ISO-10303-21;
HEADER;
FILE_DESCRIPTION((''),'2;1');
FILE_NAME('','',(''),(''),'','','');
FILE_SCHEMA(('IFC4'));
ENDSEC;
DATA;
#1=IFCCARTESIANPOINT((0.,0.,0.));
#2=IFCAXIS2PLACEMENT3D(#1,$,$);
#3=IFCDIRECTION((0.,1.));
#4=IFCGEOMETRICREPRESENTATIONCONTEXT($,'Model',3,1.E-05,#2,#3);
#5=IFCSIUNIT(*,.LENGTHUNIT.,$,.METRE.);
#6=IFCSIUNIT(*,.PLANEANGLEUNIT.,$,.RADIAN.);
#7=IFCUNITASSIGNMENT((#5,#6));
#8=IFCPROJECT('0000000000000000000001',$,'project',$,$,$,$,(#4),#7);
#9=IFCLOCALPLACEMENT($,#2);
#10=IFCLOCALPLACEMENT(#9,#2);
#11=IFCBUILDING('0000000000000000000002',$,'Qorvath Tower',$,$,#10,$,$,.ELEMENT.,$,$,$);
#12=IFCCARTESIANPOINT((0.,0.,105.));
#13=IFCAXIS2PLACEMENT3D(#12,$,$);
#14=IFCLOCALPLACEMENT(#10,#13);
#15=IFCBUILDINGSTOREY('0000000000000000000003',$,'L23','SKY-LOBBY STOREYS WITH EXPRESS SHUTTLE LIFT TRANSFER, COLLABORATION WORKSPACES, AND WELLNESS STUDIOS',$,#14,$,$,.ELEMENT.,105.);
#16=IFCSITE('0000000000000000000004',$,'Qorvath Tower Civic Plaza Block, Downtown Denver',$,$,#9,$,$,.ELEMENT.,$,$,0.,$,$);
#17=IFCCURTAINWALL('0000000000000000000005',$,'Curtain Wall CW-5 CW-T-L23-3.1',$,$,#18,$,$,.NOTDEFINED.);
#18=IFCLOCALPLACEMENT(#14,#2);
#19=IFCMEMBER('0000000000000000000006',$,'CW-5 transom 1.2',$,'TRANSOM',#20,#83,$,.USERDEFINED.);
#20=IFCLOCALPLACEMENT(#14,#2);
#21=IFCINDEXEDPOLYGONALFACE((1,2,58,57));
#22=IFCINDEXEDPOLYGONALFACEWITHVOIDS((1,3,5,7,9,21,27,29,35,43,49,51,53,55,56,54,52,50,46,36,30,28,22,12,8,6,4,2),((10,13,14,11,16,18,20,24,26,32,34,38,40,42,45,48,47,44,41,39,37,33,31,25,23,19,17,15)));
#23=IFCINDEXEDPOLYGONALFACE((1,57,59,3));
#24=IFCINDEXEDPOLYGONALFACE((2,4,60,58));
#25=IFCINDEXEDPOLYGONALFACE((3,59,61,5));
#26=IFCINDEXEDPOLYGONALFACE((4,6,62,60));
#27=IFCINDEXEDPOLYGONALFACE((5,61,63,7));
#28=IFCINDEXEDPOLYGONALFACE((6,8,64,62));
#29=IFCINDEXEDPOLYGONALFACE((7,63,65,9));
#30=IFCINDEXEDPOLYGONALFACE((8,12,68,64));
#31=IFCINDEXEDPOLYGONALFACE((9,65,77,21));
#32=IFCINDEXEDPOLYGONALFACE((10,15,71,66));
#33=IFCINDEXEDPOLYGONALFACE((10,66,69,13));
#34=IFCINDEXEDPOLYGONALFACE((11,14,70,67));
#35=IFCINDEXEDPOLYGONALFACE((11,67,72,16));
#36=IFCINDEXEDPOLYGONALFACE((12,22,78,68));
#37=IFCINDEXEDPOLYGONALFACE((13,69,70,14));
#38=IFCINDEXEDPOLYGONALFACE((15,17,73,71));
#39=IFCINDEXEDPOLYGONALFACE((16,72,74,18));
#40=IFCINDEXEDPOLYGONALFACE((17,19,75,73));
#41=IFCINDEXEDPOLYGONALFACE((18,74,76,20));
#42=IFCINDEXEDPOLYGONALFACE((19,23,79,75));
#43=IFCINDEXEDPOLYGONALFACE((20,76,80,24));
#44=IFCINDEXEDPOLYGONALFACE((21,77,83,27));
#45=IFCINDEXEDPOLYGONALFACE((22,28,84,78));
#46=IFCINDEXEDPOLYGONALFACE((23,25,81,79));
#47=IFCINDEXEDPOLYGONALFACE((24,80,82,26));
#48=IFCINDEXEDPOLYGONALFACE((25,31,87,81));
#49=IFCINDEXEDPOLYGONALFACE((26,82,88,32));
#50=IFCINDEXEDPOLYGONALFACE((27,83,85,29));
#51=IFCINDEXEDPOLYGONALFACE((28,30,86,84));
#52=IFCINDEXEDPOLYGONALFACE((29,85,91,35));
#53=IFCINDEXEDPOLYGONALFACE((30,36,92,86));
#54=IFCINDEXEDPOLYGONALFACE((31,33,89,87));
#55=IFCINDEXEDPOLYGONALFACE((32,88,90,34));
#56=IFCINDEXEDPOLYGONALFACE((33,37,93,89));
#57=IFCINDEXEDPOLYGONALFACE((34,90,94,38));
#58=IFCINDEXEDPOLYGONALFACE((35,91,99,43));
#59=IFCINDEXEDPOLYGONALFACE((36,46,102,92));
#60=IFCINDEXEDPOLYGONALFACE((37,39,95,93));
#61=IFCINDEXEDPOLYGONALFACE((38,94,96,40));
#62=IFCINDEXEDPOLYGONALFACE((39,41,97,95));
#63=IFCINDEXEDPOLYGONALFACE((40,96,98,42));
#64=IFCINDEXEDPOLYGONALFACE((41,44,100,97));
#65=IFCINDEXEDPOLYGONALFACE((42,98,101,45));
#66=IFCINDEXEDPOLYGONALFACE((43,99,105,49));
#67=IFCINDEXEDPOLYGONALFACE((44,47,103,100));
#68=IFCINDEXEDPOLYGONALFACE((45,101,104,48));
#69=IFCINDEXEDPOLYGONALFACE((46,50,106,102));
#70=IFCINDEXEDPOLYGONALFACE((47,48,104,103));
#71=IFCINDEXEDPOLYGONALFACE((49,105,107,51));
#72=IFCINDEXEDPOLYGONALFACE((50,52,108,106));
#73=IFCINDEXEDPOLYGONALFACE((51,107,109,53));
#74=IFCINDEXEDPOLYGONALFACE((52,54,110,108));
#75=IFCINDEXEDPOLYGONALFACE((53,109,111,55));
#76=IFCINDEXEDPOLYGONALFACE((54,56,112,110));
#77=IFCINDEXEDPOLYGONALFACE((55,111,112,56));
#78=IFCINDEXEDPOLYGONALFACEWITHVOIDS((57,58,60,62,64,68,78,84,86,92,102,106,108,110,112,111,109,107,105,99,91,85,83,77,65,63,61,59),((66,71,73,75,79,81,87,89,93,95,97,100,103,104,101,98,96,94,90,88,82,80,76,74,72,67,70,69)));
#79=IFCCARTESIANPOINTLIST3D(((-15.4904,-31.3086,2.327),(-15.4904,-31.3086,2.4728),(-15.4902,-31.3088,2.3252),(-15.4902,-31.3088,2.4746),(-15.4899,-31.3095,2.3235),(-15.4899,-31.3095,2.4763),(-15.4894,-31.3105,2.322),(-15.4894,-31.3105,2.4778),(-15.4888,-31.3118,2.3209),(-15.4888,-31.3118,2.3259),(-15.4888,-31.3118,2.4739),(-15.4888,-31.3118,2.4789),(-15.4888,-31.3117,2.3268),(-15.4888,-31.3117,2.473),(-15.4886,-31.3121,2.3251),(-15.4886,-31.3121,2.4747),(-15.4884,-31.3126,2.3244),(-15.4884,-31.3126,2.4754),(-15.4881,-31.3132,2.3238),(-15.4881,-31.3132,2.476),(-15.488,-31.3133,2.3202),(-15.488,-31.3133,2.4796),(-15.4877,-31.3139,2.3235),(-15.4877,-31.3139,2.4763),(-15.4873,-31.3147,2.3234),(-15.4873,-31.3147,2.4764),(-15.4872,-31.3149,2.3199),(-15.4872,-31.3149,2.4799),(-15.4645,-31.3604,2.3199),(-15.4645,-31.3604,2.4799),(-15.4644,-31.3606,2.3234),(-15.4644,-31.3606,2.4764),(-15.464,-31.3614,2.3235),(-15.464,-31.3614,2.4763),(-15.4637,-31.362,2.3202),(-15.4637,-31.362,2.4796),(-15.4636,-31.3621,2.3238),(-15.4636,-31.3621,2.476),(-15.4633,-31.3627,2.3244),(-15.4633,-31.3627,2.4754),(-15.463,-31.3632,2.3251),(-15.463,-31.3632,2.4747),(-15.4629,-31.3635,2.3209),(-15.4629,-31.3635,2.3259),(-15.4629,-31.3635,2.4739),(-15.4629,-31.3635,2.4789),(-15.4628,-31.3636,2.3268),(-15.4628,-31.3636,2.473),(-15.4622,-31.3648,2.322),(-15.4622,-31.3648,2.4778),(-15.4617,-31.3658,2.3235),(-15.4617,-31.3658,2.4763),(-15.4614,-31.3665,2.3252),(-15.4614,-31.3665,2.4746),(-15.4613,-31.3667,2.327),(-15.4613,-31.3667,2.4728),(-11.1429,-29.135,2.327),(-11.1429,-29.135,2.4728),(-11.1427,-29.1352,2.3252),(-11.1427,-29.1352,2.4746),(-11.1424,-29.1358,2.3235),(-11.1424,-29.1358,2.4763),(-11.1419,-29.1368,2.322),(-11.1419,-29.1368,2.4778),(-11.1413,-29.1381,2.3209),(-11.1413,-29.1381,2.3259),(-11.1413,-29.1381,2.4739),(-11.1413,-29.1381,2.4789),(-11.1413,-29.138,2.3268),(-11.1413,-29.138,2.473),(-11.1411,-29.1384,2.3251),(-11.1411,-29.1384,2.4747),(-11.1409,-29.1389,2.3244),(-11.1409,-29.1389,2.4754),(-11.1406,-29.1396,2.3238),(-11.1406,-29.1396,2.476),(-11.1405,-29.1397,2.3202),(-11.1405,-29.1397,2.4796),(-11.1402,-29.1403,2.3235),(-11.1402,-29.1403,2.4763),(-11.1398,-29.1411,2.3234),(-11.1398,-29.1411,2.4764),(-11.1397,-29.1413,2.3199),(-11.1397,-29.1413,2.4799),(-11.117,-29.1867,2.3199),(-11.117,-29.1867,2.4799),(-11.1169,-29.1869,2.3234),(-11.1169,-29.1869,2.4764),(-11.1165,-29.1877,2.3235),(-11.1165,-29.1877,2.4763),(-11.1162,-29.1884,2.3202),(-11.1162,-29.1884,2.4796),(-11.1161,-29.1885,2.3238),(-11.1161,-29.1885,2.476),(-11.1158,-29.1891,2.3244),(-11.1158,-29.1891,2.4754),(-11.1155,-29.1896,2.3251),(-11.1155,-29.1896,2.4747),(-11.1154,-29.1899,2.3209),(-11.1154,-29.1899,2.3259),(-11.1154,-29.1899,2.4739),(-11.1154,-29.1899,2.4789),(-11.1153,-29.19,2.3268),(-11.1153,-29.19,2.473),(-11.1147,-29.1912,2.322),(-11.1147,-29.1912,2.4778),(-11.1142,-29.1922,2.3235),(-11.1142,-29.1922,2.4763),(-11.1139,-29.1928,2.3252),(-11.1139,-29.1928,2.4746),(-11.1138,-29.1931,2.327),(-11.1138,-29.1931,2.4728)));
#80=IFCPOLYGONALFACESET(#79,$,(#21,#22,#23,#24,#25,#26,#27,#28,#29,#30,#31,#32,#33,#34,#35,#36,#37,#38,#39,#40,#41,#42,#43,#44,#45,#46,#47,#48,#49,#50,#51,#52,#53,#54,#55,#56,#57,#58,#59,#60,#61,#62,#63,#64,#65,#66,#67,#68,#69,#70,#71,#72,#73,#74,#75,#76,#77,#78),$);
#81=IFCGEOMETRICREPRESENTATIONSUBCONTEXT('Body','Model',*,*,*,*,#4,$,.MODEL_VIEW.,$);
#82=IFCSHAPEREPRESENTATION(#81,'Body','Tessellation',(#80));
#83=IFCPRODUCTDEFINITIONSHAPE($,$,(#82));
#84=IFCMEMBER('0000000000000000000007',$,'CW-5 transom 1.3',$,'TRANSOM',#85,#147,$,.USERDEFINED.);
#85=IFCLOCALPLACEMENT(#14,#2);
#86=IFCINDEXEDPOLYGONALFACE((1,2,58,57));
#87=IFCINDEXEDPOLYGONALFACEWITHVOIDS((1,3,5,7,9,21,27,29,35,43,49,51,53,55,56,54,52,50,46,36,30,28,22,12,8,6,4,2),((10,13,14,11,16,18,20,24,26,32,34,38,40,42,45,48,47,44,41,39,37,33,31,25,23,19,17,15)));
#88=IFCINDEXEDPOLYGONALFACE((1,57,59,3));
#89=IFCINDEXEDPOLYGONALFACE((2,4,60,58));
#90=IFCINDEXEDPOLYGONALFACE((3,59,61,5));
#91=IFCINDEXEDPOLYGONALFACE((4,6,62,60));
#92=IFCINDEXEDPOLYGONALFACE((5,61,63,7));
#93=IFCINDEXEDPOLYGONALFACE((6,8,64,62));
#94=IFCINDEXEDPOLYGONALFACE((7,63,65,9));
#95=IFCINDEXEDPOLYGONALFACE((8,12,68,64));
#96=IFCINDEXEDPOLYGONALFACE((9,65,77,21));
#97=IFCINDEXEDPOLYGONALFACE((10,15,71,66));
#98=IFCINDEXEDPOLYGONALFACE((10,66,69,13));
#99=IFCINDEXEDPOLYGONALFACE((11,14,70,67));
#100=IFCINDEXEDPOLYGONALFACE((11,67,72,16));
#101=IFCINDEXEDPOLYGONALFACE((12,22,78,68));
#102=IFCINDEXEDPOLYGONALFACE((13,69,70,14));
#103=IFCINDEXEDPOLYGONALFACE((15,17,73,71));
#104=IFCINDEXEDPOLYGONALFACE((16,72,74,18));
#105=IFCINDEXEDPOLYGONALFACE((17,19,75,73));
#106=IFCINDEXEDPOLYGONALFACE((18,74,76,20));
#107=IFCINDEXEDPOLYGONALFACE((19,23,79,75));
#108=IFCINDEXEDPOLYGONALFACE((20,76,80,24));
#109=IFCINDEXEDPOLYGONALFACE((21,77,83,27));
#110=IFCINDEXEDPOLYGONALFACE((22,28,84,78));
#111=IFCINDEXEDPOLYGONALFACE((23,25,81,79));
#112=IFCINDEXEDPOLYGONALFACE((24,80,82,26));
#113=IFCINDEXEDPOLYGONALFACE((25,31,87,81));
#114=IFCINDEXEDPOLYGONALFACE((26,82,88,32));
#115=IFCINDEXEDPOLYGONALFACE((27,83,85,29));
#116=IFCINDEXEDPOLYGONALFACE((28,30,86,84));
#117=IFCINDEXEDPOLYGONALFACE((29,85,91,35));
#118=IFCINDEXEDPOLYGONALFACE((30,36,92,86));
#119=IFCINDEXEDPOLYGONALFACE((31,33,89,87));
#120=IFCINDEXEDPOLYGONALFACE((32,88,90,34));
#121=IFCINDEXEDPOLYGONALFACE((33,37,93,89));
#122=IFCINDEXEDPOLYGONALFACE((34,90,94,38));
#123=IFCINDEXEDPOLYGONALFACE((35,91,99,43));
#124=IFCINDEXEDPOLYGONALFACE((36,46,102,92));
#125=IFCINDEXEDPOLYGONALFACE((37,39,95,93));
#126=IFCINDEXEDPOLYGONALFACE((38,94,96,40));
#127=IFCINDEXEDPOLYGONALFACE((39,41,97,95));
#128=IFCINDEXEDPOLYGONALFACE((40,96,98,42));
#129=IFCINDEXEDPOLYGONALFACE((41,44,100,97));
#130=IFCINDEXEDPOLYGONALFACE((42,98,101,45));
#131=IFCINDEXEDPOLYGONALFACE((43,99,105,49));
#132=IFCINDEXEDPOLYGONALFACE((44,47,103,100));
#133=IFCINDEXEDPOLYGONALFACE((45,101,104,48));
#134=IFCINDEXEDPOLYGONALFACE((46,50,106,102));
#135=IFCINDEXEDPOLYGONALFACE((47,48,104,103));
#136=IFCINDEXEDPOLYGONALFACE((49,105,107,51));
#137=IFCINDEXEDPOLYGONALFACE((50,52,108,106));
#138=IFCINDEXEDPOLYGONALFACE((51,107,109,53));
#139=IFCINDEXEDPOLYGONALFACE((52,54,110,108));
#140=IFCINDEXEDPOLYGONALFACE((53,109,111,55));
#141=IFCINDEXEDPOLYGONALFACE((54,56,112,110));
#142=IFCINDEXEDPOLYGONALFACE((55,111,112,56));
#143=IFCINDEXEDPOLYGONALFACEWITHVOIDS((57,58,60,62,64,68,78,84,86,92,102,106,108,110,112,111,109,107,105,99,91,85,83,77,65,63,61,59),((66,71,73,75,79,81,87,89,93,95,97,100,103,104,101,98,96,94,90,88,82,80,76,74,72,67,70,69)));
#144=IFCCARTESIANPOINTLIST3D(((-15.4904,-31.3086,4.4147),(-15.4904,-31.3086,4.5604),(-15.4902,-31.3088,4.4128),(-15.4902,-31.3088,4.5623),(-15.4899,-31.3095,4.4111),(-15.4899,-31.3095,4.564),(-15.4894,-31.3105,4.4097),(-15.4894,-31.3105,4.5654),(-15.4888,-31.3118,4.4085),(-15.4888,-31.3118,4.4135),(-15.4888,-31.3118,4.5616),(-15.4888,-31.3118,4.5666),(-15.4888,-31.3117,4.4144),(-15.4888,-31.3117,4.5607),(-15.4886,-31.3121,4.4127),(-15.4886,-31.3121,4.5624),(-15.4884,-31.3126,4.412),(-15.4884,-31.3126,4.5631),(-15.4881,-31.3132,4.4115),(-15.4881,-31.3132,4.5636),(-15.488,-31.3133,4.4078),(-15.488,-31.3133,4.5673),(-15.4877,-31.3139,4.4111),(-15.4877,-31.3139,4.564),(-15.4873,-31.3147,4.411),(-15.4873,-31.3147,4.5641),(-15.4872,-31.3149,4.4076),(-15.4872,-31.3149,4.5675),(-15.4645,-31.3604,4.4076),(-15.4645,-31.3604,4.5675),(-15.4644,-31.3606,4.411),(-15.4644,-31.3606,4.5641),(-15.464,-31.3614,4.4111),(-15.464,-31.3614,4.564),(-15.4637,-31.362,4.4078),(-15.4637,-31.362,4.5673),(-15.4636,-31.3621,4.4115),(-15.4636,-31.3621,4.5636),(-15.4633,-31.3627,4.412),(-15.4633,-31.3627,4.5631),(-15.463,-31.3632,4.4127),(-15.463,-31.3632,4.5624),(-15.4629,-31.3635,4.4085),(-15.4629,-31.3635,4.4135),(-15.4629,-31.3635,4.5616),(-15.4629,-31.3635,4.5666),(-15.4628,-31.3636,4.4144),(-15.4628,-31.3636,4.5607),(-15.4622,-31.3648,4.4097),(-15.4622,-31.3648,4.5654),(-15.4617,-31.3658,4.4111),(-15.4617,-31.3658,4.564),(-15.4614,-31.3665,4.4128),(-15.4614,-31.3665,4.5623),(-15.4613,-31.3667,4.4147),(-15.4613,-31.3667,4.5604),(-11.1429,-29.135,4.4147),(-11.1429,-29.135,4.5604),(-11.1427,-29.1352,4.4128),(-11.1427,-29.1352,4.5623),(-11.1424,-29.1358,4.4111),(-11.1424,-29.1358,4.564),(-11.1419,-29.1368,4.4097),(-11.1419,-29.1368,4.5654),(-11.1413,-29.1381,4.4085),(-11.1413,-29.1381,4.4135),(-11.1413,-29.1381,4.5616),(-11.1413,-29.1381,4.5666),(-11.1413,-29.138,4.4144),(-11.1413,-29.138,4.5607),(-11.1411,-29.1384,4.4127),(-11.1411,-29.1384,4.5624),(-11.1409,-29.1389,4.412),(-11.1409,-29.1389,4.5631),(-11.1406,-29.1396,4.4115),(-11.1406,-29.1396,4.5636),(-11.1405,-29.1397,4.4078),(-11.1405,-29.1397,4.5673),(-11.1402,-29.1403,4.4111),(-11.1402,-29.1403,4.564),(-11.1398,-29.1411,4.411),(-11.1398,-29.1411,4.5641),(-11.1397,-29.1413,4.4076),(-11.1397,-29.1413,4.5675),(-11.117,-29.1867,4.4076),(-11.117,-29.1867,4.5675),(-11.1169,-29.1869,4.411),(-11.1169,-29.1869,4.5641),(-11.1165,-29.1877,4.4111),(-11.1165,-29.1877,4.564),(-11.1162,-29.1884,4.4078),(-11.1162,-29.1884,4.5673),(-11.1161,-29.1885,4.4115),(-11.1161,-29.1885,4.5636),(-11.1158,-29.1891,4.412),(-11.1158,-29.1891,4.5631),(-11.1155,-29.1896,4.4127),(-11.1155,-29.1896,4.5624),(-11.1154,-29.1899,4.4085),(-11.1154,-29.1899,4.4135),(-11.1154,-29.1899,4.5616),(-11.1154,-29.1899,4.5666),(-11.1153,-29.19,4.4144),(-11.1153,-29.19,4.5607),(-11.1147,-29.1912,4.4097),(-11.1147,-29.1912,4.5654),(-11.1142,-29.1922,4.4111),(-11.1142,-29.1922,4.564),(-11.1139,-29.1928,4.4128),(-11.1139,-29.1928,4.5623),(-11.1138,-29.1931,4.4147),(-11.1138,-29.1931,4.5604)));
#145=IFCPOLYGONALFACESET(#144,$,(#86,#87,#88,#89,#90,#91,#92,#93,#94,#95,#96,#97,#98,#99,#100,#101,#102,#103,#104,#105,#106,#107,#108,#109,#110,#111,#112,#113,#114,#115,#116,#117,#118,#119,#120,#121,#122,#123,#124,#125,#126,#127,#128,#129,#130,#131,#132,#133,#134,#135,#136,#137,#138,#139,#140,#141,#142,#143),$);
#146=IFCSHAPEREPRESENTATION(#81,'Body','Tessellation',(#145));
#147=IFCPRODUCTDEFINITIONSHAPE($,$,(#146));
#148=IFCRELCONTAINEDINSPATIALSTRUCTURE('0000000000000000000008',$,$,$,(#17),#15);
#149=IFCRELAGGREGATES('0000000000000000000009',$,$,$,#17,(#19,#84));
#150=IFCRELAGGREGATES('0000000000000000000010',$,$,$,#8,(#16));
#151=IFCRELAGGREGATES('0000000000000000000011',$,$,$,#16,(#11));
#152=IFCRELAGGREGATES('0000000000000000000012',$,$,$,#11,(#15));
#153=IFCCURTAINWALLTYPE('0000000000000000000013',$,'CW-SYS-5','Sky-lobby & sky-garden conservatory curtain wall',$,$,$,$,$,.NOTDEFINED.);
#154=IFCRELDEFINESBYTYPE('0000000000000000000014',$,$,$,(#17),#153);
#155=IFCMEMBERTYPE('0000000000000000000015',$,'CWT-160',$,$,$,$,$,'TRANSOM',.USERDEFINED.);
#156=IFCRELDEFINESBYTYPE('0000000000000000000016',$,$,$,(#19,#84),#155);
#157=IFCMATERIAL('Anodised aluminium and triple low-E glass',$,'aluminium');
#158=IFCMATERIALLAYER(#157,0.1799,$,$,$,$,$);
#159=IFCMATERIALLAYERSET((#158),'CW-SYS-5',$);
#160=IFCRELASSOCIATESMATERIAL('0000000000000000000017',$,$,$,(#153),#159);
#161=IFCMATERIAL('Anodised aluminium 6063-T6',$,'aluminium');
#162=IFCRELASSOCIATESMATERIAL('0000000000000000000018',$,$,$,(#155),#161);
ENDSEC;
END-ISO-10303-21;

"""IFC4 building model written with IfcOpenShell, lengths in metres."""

from ifc_helpers import new_model, si_unit, direction, frame, origin, origin_2d, place, context, subcontext, project, spatial, hollow_rectangle, extrude, material, layer, layer_set, material_profile, profile_set, type_object, element, aggregate, save


model = new_model("IFC4")

# Units and contexts
model_context = context("Model", 3, precision=1e-05, world=origin(), true_north=direction((0.0, 1.0)))
body_context = subcontext(model_context, "Body", "Model", "MODEL_VIEW")
ifc_project = project(units=[si_unit("LENGTHUNIT", "METRE"), si_unit("PLANEANGLEUNIT", "RADIAN")], contexts=[model_context])

# Site, building, storey
site_placement = place(None, origin())
site = spatial("IfcSite", under=ifc_project, at=site_placement, Name="Qorvath Tower Civic Plaza Block, Downtown Denver", CompositionType="ELEMENT", RefElevation=0.0)
building_placement = place(site_placement, origin())
building = spatial("IfcBuilding", under=site, at=building_placement, Name="Qorvath Tower", CompositionType="ELEMENT")
storey_placement = place(building_placement, frame((0.0, 0.0, 105.0)))
storey = spatial("IfcBuildingStorey", under=building, at=storey_placement, Name="L23", Description="SKY-LOBBY STOREYS WITH EXPRESS SHUTTLE LIFT TRANSFER, COLLABORATION WORKSPACES, AND WELLNESS STUDIOS", CompositionType="ELEMENT", Elevation=105.0)

# Shared definitions
ifc_material_1 = material(Name="Anodised aluminium and triple low-E glass", Category="aluminium")
ifc_layer_1 = layer(ifc_material_1, 0.1799)
ifc_layer_set_1 = layer_set([ifc_layer_1], Name="CW-SYS-5")
curtain_wall_type = type_object("IfcCurtainWallType", Name="CW-SYS-5", Description="Sky-lobby & sky-garden conservatory curtain wall", PredefinedType="NOTDEFINED", material=ifc_layer_set_1)

# Curtain wall
curtain_wall_1_placement = place(storey_placement, origin())
curtain_wall_1 = element("IfcCurtainWall", 1, at=curtain_wall_1_placement, inside=storey, type_object=curtain_wall_type, Name="Curtain Wall CW-5 CW-T-L23-3.1", PredefinedType="NOTDEFINED")

# Members
ifc_material_2 = material(Name="Anodised aluminium 6063-T6", Category="aluminium")
ifc_material_profile_1 = material_profile(ifc_material_2, hollow_rectangle(XDim=0.0649, YDim=0.1599, WallThickness=0.0034, InnerFilletRadius=0.0034, OuterFilletRadius=0.0071, at=origin_2d()), Name="CWT 160x65")
ifc_profile_set_1 = profile_set([ifc_material_profile_1], Name="Anodised aluminium 6063-T6")
member_type_1 = type_object("IfcMemberType", Name="CWT-160", ElementType="TRANSOM", PredefinedType="USERDEFINED", material=ifc_profile_set_1)
member_1_placement = place(storey_placement, frame((-15.4758, -31.3376, 2.3999), z_axis=(0.894437, 0.447194, 0.0), x_axis=(-0.447194, 0.894437, 0.0)))
member_1 = element("IfcMember", 2, at=member_1_placement, type_object=member_type_1, Name="CW-5 transom 1.2", ObjectType="TRANSOM", PredefinedType="USERDEFINED", context=body_context, shape_type="SweptSolid", body=[
    extrude(hollow_rectangle(XDim=0.0649, YDim=0.1599, WallThickness=0.0034, InnerFilletRadius=0.0034, OuterFilletRadius=0.0071, at=origin_2d()), origin(), (0.0, 0.0, 1.0), 4.8606),
])
member_2_placement = place(storey_placement, frame((-15.4758, -31.3376, 4.4875), z_axis=(0.894437, 0.447194, 0.0), x_axis=(-0.447194, 0.894437, 0.0)))
member_2 = element("IfcMember", 3, at=member_2_placement, type_object=member_type_1, Name="CW-5 transom 1.3", ObjectType="TRANSOM", PredefinedType="USERDEFINED", context=body_context, shape_type="SweptSolid", body=[
    extrude(hollow_rectangle(XDim=0.0649, YDim=0.1599, WallThickness=0.0034, InnerFilletRadius=0.0034, OuterFilletRadius=0.0071, at=origin_2d()), origin(), (0.0, 0.0, 1.0), 4.8606),
])

aggregate(curtain_wall_1, [member_1, member_2])

save(model, "model.ifc")
